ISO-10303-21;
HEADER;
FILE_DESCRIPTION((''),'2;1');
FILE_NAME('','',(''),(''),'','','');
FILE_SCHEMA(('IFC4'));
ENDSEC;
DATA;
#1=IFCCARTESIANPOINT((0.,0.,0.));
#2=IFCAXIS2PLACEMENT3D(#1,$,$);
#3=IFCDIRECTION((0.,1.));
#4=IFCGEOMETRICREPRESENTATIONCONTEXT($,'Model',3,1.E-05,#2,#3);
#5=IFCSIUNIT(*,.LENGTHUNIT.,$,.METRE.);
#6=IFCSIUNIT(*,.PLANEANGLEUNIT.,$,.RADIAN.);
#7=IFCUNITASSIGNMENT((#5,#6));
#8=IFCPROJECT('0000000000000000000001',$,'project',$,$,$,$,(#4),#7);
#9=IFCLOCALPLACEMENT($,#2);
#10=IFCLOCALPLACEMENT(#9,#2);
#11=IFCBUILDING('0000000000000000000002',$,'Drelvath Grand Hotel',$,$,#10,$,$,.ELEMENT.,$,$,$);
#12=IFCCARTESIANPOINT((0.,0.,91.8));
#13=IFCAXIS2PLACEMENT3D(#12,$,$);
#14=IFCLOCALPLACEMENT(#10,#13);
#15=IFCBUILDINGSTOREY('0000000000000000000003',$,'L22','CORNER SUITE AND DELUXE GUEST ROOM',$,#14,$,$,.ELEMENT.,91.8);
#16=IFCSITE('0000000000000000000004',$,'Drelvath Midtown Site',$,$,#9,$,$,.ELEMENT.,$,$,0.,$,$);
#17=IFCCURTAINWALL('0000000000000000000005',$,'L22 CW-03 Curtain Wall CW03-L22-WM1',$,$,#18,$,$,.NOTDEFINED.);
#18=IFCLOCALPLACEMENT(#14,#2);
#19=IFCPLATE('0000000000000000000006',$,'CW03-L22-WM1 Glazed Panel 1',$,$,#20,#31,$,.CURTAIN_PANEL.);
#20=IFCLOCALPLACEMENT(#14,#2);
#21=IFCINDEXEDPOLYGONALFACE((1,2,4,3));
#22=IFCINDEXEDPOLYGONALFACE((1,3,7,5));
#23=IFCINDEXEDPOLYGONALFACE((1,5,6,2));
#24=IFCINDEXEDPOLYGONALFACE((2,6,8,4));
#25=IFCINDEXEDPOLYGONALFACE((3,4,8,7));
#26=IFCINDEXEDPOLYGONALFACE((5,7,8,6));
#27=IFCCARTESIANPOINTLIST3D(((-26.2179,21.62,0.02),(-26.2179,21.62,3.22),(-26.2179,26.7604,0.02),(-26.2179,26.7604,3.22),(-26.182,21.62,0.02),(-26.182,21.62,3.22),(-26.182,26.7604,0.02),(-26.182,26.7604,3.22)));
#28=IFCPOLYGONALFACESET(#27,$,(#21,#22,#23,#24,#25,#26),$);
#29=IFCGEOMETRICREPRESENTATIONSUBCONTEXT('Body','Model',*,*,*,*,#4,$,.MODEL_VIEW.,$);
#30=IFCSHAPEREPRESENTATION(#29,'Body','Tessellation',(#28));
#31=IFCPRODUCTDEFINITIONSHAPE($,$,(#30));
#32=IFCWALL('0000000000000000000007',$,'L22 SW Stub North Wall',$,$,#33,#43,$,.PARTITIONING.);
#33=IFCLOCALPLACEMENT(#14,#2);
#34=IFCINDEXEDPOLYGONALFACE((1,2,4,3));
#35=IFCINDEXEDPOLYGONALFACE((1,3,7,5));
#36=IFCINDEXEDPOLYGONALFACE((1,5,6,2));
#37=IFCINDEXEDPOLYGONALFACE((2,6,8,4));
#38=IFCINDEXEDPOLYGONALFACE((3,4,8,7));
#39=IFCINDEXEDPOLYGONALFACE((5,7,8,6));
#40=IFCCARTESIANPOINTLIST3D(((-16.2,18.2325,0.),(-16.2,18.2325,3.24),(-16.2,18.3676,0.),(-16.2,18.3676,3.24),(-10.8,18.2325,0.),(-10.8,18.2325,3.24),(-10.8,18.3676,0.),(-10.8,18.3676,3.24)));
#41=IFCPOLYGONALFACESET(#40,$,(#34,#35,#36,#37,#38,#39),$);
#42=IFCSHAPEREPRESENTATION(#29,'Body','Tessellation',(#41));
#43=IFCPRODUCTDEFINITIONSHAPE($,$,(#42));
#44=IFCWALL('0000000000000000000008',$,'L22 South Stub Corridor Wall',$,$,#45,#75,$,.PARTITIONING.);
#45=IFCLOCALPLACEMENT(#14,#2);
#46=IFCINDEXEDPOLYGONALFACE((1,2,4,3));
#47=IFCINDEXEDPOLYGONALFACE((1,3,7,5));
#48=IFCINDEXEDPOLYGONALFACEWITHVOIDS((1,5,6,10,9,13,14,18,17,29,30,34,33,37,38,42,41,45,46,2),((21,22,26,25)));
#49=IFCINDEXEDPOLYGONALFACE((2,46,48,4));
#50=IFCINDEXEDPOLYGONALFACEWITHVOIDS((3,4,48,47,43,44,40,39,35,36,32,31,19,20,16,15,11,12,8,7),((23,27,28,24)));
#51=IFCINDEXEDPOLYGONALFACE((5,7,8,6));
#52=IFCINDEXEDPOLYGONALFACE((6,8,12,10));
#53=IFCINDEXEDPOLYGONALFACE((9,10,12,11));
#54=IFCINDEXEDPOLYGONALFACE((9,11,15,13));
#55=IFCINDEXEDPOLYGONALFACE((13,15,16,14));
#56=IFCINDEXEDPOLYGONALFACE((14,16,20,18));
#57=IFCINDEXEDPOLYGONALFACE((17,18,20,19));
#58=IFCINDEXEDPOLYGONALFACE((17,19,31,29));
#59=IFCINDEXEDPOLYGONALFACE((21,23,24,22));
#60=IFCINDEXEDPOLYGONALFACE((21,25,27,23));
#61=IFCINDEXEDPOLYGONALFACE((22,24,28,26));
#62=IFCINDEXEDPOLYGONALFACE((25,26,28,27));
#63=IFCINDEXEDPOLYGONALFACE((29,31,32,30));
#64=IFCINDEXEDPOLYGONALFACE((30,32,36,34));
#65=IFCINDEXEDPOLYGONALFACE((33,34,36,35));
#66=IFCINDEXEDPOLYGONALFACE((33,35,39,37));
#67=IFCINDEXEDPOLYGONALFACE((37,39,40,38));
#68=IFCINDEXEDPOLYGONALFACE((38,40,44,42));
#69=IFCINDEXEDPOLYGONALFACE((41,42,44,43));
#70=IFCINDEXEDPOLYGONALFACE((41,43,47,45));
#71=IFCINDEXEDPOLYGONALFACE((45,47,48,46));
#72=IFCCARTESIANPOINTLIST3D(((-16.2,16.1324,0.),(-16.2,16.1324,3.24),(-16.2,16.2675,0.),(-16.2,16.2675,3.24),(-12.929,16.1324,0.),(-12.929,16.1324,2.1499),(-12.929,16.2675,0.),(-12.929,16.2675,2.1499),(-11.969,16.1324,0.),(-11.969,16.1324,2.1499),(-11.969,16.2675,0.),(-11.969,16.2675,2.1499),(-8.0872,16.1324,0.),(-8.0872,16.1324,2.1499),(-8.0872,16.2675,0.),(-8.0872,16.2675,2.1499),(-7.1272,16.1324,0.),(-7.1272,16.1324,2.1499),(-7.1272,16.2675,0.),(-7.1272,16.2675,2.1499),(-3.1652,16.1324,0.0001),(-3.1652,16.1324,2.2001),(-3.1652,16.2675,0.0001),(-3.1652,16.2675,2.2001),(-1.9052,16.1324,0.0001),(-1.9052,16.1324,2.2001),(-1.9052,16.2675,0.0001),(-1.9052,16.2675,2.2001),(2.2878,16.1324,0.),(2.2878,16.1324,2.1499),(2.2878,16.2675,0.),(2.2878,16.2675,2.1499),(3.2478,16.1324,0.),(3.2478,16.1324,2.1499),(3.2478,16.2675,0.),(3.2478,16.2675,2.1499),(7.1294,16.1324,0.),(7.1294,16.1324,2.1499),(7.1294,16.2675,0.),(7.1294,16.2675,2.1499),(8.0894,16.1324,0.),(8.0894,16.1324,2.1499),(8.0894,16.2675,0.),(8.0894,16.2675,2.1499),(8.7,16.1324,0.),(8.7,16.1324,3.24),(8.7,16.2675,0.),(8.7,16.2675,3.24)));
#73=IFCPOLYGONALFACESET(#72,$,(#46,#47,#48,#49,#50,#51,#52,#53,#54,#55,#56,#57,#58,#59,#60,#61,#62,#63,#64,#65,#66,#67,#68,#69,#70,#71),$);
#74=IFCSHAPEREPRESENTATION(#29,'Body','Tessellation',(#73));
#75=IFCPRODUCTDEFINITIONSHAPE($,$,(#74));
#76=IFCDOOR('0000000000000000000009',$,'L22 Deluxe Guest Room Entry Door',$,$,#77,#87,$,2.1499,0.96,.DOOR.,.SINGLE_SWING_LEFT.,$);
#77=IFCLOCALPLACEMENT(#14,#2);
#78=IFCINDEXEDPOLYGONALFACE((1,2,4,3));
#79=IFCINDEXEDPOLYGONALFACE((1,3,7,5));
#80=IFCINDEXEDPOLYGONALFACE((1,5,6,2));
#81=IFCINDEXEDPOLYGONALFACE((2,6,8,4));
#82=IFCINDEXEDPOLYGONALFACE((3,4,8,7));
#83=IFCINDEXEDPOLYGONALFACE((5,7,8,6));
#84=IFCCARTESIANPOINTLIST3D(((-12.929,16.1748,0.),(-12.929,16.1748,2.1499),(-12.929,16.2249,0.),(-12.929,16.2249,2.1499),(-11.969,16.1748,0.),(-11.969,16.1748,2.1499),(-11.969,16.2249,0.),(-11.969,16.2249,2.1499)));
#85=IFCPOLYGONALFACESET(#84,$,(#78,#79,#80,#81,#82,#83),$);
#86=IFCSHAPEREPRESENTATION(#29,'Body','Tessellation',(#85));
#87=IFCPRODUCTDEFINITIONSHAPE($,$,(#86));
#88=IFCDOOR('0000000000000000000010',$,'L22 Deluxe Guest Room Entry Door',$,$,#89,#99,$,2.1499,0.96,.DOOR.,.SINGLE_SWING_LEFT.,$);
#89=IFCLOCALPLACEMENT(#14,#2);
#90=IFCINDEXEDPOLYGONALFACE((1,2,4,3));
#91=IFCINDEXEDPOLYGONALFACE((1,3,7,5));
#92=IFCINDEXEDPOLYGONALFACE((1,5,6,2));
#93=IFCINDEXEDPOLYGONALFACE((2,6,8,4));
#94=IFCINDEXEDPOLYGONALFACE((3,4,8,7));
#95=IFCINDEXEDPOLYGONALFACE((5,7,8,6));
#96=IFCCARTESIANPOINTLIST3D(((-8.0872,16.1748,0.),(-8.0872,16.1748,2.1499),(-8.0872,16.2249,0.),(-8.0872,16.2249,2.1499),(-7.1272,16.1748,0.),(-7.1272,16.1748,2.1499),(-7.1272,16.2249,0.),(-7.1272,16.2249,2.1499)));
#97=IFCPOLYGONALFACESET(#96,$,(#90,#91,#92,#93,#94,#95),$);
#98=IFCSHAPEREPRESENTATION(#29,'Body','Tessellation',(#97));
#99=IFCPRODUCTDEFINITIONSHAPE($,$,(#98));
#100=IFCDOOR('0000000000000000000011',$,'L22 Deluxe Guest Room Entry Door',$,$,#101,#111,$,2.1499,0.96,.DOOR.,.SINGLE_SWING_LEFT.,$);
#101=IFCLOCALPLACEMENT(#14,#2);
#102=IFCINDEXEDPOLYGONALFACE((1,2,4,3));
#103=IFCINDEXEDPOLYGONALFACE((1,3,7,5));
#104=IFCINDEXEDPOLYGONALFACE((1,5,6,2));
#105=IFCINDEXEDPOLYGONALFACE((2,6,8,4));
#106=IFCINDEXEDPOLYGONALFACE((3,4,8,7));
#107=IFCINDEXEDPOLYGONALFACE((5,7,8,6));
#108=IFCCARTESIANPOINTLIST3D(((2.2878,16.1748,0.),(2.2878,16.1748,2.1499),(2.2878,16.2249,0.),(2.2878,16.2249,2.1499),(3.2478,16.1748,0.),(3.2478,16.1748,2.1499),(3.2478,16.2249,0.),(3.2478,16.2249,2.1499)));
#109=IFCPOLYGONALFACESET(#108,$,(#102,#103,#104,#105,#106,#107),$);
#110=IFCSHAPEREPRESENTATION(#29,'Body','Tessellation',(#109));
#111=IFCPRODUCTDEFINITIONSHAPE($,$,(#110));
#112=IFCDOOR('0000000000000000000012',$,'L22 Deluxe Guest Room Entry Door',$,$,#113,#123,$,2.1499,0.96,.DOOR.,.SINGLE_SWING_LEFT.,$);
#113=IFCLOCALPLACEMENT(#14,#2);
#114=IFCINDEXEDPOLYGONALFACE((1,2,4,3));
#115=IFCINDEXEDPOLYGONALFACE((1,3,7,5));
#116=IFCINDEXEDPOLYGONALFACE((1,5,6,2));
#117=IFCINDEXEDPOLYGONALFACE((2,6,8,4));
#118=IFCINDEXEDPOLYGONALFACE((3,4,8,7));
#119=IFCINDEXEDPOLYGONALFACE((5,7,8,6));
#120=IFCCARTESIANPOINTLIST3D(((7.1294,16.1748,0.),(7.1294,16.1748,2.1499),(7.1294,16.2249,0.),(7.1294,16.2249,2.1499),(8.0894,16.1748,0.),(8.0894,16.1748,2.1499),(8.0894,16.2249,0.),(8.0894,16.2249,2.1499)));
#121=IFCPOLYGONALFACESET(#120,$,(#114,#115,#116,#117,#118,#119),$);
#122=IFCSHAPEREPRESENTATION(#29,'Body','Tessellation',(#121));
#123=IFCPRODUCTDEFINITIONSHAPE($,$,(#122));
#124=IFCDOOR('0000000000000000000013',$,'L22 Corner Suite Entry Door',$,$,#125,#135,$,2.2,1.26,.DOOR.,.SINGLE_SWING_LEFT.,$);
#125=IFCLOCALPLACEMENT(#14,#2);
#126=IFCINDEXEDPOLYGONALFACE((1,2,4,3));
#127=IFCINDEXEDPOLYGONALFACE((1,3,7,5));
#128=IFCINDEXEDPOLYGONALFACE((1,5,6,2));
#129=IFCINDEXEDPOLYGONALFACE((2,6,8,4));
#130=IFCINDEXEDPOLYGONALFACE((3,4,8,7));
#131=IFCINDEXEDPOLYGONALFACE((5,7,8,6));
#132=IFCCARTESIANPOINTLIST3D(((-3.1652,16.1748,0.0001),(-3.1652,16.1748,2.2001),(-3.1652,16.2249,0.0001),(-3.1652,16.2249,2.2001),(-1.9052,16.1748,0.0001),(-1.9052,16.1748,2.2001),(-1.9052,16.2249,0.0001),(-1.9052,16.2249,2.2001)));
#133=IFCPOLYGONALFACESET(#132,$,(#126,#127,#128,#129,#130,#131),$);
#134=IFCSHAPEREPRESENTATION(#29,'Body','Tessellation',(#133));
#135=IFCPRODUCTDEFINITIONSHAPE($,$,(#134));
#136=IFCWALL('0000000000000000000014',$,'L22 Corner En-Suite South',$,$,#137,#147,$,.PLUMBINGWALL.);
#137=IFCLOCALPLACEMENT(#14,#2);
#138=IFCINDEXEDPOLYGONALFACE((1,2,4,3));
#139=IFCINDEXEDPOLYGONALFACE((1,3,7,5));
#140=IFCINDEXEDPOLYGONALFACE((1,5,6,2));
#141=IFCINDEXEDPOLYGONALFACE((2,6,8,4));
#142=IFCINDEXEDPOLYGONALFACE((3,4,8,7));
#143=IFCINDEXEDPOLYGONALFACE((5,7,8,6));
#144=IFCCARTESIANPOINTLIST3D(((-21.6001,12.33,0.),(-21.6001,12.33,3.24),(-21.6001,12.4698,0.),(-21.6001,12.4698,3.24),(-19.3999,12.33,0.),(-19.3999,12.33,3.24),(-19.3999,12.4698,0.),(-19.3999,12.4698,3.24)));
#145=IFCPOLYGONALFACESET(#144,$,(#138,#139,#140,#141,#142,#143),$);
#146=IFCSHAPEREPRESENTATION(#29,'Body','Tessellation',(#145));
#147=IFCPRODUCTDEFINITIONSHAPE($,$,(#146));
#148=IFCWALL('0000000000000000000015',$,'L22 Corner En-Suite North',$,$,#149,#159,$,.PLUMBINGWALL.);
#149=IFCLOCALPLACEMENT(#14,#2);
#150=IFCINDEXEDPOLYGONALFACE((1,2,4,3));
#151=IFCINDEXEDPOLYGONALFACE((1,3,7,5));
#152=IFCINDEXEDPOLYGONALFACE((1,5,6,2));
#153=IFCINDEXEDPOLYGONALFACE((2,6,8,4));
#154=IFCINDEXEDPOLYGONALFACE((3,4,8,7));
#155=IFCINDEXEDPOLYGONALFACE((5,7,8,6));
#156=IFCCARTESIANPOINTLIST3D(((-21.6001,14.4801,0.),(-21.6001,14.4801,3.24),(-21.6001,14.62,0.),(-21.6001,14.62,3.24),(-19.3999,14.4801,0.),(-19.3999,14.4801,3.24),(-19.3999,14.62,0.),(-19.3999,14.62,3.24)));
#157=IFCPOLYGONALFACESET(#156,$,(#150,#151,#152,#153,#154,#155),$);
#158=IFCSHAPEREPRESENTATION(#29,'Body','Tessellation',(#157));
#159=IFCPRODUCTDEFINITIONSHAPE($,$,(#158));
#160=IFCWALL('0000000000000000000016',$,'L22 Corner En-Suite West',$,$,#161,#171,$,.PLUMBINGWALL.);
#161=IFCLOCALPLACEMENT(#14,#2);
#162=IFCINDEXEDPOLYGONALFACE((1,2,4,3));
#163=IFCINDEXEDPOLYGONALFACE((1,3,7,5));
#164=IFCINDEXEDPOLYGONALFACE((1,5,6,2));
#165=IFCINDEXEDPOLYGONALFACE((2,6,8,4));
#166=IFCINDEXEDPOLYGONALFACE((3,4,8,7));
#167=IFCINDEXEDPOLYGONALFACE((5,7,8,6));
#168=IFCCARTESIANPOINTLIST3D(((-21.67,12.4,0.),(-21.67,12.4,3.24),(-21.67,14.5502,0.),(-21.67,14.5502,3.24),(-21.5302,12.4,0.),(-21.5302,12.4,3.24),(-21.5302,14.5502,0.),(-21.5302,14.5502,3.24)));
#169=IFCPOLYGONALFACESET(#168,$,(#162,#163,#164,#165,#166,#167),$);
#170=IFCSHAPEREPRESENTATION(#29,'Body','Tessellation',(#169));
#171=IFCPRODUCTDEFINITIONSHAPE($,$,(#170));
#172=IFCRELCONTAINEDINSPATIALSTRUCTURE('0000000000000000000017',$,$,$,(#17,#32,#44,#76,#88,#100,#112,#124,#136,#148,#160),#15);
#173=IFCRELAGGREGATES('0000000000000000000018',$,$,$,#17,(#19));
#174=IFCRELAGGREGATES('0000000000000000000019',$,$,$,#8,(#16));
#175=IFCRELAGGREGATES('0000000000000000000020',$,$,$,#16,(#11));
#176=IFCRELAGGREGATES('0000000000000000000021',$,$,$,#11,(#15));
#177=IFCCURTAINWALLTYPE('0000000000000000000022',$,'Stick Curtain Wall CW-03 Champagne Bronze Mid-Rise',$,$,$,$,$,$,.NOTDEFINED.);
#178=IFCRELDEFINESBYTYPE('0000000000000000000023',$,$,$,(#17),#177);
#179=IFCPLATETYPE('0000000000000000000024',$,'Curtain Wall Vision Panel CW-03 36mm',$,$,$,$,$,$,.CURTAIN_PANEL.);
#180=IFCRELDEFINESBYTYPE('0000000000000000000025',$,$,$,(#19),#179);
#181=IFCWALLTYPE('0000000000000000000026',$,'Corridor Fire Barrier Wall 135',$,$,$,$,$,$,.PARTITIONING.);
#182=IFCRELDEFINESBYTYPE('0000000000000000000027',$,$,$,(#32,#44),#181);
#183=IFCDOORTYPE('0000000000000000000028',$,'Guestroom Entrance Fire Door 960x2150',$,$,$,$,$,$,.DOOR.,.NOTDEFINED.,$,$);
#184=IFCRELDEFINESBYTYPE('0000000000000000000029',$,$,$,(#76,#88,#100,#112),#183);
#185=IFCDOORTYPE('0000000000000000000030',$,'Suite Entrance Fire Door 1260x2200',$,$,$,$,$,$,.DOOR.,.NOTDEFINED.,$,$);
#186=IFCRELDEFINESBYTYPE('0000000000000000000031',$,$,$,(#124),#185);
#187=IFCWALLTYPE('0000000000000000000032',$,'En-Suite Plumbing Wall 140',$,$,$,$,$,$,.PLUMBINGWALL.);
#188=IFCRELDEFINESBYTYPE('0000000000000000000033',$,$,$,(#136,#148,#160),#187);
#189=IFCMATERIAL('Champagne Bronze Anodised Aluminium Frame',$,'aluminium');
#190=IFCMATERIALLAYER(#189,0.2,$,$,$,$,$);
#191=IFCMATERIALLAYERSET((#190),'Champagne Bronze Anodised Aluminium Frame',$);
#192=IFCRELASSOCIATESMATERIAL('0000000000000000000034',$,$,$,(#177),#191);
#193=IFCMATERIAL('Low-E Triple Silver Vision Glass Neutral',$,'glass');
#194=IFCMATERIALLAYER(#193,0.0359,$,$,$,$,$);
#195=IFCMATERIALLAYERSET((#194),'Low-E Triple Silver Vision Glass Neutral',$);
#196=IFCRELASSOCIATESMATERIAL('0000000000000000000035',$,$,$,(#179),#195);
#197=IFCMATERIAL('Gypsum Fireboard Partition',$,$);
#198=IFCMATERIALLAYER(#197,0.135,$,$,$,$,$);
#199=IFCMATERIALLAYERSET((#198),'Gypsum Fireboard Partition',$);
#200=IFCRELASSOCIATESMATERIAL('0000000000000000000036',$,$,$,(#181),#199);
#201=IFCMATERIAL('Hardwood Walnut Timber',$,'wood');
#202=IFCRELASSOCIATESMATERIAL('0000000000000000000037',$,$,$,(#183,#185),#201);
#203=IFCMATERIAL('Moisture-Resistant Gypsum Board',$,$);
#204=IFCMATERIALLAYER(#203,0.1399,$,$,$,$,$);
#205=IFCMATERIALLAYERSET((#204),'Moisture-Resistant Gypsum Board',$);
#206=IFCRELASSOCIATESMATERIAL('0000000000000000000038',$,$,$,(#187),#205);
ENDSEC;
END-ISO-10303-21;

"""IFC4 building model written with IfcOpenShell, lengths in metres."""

from ifc_helpers import new_model, si_unit, direction, frame, frame_2d, origin, origin_2d, place, context, subcontext, project, spatial, rectangle, extrude, material, layer, layer_set, type_object, element, fill, aggregate, save


model = new_model("IFC4")

# Units and contexts
model_context = context("Model", 3, precision=1e-05, world=origin(), true_north=direction((0.0, 1.0)))
body_context = subcontext(model_context, "Body", "Model", "MODEL_VIEW")
ifc_project = project(units=[si_unit("LENGTHUNIT", "METRE"), si_unit("PLANEANGLEUNIT", "RADIAN")], contexts=[model_context])

# Site, building, storey
site_placement = place(None, origin())
site = spatial("IfcSite", under=ifc_project, at=site_placement, Name="Drelvath Midtown Site", CompositionType="ELEMENT", RefElevation=0.0)
building_placement = place(site_placement, origin())
building = spatial("IfcBuilding", under=site, at=building_placement, Name="Drelvath Grand Hotel", CompositionType="ELEMENT")
storey_placement = place(building_placement, frame((0.0, 0.0, 91.8)))
storey = spatial("IfcBuildingStorey", under=building, at=storey_placement, Name="L22", Description="CORNER SUITE AND DELUXE GUEST ROOM", CompositionType="ELEMENT", Elevation=91.8)

# Curtain wall
ifc_material_1 = material(Name="Champagne Bronze Anodised Aluminium Frame", Category="aluminium")
ifc_layer_1 = layer(ifc_material_1, 0.2)
ifc_layer_set_1 = layer_set([ifc_layer_1], Name="Champagne Bronze Anodised Aluminium Frame")
curtain_wall_type = type_object("IfcCurtainWallType", Name="Stick Curtain Wall CW-03 Champagne Bronze Mid-Rise", PredefinedType="NOTDEFINED", material=ifc_layer_set_1)
curtain_wall_1_placement = place(storey_placement, origin())
curtain_wall_1 = element("IfcCurtainWall", 1, at=curtain_wall_1_placement, inside=storey, type_object=curtain_wall_type, Name="L22 CW-03 Curtain Wall CW03-L22-WM1", PredefinedType="NOTDEFINED")

# Plate
ifc_material_2 = material(Name="Low-E Triple Silver Vision Glass Neutral", Category="glass")
ifc_layer_2 = layer(ifc_material_2, 0.0359)
ifc_layer_set_2 = layer_set([ifc_layer_2], Name="Low-E Triple Silver Vision Glass Neutral")
plate_type = type_object("IfcPlateType", Name="Curtain Wall Vision Panel CW-03 36mm", PredefinedType="CURTAIN_PANEL", material=ifc_layer_set_2)
plate_1_placement = place(storey_placement, frame((-26.2, 24.1902, 0.02), z_axis=(0.0, 0.0, 1.0), x_axis=(0.0, 1.0, 0.0)))
plate_1 = element("IfcPlate", 2, at=plate_1_placement, type_object=plate_type, Name="CW03-L22-WM1 Glazed Panel 1", PredefinedType="CURTAIN_PANEL", context=body_context, shape_type="SweptSolid", body=[
    extrude(rectangle(XDim=5.1404, YDim=0.0359, at=origin_2d()), origin(), (0.0, 0.0, 1.0), 3.2),
])
aggregate(curtain_wall_1, [plate_1])

# Wall
ifc_material_3 = material(Name="Gypsum Fireboard Partition")
ifc_layer_3 = layer(ifc_material_3, 0.135)
ifc_layer_set_3 = layer_set([ifc_layer_3], Name="Gypsum Fireboard Partition")
wall_type_1 = type_object("IfcWallType", Name="Corridor Fire Barrier Wall 135", PredefinedType="PARTITIONING", material=ifc_layer_set_3)
wall_1_placement = place(storey_placement, frame((-16.2, 18.3, 0.0), z_axis=(0.0, 0.0, 1.0), x_axis=(1.0, 0.0, 0.0)))
element("IfcWall", 3, at=wall_1_placement, inside=storey, type_object=wall_type_1, Name="L22 SW Stub North Wall", PredefinedType="PARTITIONING", context=body_context, shape_type="SweptSolid", body=[
    extrude(rectangle(XDim=5.3999, YDim=0.135, at=frame_2d((2.7, 0.0))), origin(), (0.0, 0.0, 1.0), 3.24),
])

# Wall, openings, doors
wall_2_placement = place(storey_placement, frame((-16.2, 16.2, 0.0), z_axis=(0.0, 0.0, 1.0), x_axis=(1.0, 0.0, 0.0)))
wall_2 = element("IfcWall", 4, at=wall_2_placement, inside=storey, type_object=wall_type_1, Name="L22 South Stub Corridor Wall", PredefinedType="PARTITIONING", context=body_context, shape_type="SweptSolid", body=[
    extrude(rectangle(XDim=24.8999, YDim=0.135, at=frame_2d((12.45, 0.0))), origin(), (0.0, 0.0, 1.0), 3.24),
])
opening_1_placement = place(wall_2_placement, frame((3.271, 0.0, 0.0)))
opening_1 = element("IfcOpeningElement", 5, at=opening_1_placement, cuts=wall_2, PredefinedType="OPENING", context=body_context, shape_type="SweptSolid", body=[
    extrude(rectangle(XDim=0.96, YDim=2.1499, at=frame_2d((0.48, 1.075))), frame((0.0, 0.0774, 0.0), z_axis=(0.0, -1.0, 0.0), x_axis=(1.0, 0.0, 0.0)), (0.0, 0.0, 1.0), 0.155),
])
opening_2_placement = place(wall_2_placement, frame((8.1128, 0.0, 0.0)))
opening_2 = element("IfcOpeningElement", 6, at=opening_2_placement, cuts=wall_2, PredefinedType="OPENING", context=body_context, shape_type="SweptSolid", body=[
    extrude(rectangle(XDim=0.96, YDim=2.1499, at=frame_2d((0.48, 1.075))), frame((0.0, 0.0774, 0.0), z_axis=(0.0, -1.0, 0.0), x_axis=(1.0, 0.0, 0.0)), (0.0, 0.0, 1.0), 0.155),
])
opening_3_placement = place(wall_2_placement, frame((13.0349, 0.0, 0.0)))
opening_3 = element("IfcOpeningElement", 7, at=opening_3_placement, cuts=wall_2, PredefinedType="OPENING", context=body_context, shape_type="SweptSolid", body=[
    extrude(rectangle(XDim=1.26, YDim=2.2, at=frame_2d((0.6299, 1.1001))), frame((0.0, 0.0774, 0.0), z_axis=(0.0, -1.0, 0.0), x_axis=(1.0, 0.0, 0.0)), (0.0, 0.0, 1.0), 0.155),
])
opening_4_placement = place(wall_2_placement, frame((18.4878, 0.0, 0.0)))
opening_4 = element("IfcOpeningElement", 8, at=opening_4_placement, cuts=wall_2, PredefinedType="OPENING", context=body_context, shape_type="SweptSolid", body=[
    extrude(rectangle(XDim=0.96, YDim=2.1499, at=frame_2d((0.48, 1.075))), frame((0.0, 0.0774, 0.0), z_axis=(0.0, -1.0, 0.0), x_axis=(1.0, 0.0, 0.0)), (0.0, 0.0, 1.0), 0.155),
])
opening_5_placement = place(wall_2_placement, frame((23.3293, 0.0, 0.0)))
opening_5 = element("IfcOpeningElement", 9, at=opening_5_placement, cuts=wall_2, PredefinedType="OPENING", context=body_context, shape_type="SweptSolid", body=[
    extrude(rectangle(XDim=0.96, YDim=2.1499, at=frame_2d((0.48, 1.075))), frame((0.0, 0.0774, 0.0), z_axis=(0.0, -1.0, 0.0), x_axis=(1.0, 0.0, 0.0)), (0.0, 0.0, 1.0), 0.155),
])
ifc_material_4 = material(Name="Hardwood Walnut Timber", Category="wood")
door_type_1 = type_object("IfcDoorType", Name="Guestroom Entrance Fire Door 960x2150", OperationType="NOTDEFINED", PredefinedType="DOOR", material=ifc_material_4)
door_1_placement = place(opening_1_placement, origin())
door_1 = element("IfcDoor", 10, at=door_1_placement, inside=storey, type_object=door_type_1, Name="L22 Deluxe Guest Room Entry Door", OperationType="SINGLE_SWING_LEFT", OverallHeight=2.1499, OverallWidth=0.96, PredefinedType="DOOR", context=body_context, shape_type="SweptSolid", body=[
    extrude(rectangle(XDim=0.96, YDim=2.1499, at=frame_2d((0.48, 1.075))), frame((0.0, 0.0249, 0.0), z_axis=(0.0, -1.0, 0.0), x_axis=(1.0, 0.0, 0.0)), (0.0, 0.0, 1.0), 0.05),
])
fill(opening_1, door_1)
door_2_placement = place(opening_2_placement, origin())
door_2 = element("IfcDoor", 11, at=door_2_placement, inside=storey, type_object=door_type_1, Name="L22 Deluxe Guest Room Entry Door", OperationType="SINGLE_SWING_LEFT", OverallHeight=2.1499, OverallWidth=0.96, PredefinedType="DOOR", context=body_context, shape_type="SweptSolid", body=[
    extrude(rectangle(XDim=0.96, YDim=2.1499, at=frame_2d((0.48, 1.075))), frame((0.0, 0.0249, 0.0), z_axis=(0.0, -1.0, 0.0), x_axis=(1.0, 0.0, 0.0)), (0.0, 0.0, 1.0), 0.05),
])
fill(opening_2, door_2)
door_3_placement = place(opening_4_placement, origin())
door_3 = element("IfcDoor", 12, at=door_3_placement, inside=storey, type_object=door_type_1, Name="L22 Deluxe Guest Room Entry Door", OperationType="SINGLE_SWING_LEFT", OverallHeight=2.1499, OverallWidth=0.96, PredefinedType="DOOR", context=body_context, shape_type="SweptSolid", body=[
    extrude(rectangle(XDim=0.96, YDim=2.1499, at=frame_2d((0.48, 1.075))), frame((0.0, 0.0249, 0.0), z_axis=(0.0, -1.0, 0.0), x_axis=(1.0, 0.0, 0.0)), (0.0, 0.0, 1.0), 0.05),
])
fill(opening_4, door_3)
door_4_placement = place(opening_5_placement, origin())
door_4 = element("IfcDoor", 13, at=door_4_placement, inside=storey, type_object=door_type_1, Name="L22 Deluxe Guest Room Entry Door", OperationType="SINGLE_SWING_LEFT", OverallHeight=2.1499, OverallWidth=0.96, PredefinedType="DOOR", context=body_context, shape_type="SweptSolid", body=[
    extrude(rectangle(XDim=0.96, YDim=2.1499, at=frame_2d((0.48, 1.075))), frame((0.0, 0.0249, 0.0), z_axis=(0.0, -1.0, 0.0), x_axis=(1.0, 0.0, 0.0)), (0.0, 0.0, 1.0), 0.05),
])
fill(opening_5, door_4)
door_type_2 = type_object("IfcDoorType", Name="Suite Entrance Fire Door 1260x2200", OperationType="NOTDEFINED", PredefinedType="DOOR", material=ifc_material_4)
door_5_placement = place(opening_3_placement, origin())
door_5 = element("IfcDoor", 14, at=door_5_placement, inside=storey, type_object=door_type_2, Name="L22 Corner Suite Entry Door", OperationType="SINGLE_SWING_LEFT", OverallHeight=2.2, OverallWidth=1.26, PredefinedType="DOOR", context=body_context, shape_type="SweptSolid", body=[
    extrude(rectangle(XDim=1.26, YDim=2.2, at=frame_2d((0.6299, 1.1001))), frame((0.0, 0.0249, 0.0), z_axis=(0.0, -1.0, 0.0), x_axis=(1.0, 0.0, 0.0)), (0.0, 0.0, 1.0), 0.05),
])
fill(opening_3, door_5)

# Walls
ifc_material_5 = material(Name="Moisture-Resistant Gypsum Board")
ifc_layer_4 = layer(ifc_material_5, 0.1399)
ifc_layer_set_4 = layer_set([ifc_layer_4], Name="Moisture-Resistant Gypsum Board")
wall_type_2 = type_object("IfcWallType", Name="En-Suite Plumbing Wall 140", PredefinedType="PLUMBINGWALL", material=ifc_layer_set_4)
for number, where, z_axis, x_axis, name in (
    (15, (-21.6001, 12.3999, 0.0), (0.0, 0.0, 1.0), (1.0, 0.0, 0.0), "L22 Corner En-Suite South"),
    (16, (-21.6001, 14.55, 0.0), (0.0, 0.0, 1.0), (1.0, 0.0, 0.0), "L22 Corner En-Suite North"),
):
    element("IfcWall", number, at=place(storey_placement, frame(where, z_axis=z_axis, x_axis=x_axis)), inside=storey, type_object=wall_type_2, Name=name, PredefinedType="PLUMBINGWALL", context=body_context, shape_type="SweptSolid", body=[
        extrude(rectangle(XDim=2.2002, YDim=0.1399, at=frame_2d((1.1001, 0.0))), origin(), (0.0, 0.0, 1.0), 3.24),
    ])
wall_3_placement = place(storey_placement, frame((-21.6001, 12.3999, 0.0), z_axis=(0.0, 0.0, 1.0), x_axis=(0.0, 1.0, 0.0)))
element("IfcWall", 17, at=wall_3_placement, inside=storey, type_object=wall_type_2, Name="L22 Corner En-Suite West", PredefinedType="PLUMBINGWALL", context=body_context, shape_type="SweptSolid", body=[
    extrude(rectangle(XDim=2.1501, YDim=0.1399, at=frame_2d((1.0752, 0.0))), origin(), (0.0, 0.0, 1.0), 3.24),
])

save(model, "model.ifc")
